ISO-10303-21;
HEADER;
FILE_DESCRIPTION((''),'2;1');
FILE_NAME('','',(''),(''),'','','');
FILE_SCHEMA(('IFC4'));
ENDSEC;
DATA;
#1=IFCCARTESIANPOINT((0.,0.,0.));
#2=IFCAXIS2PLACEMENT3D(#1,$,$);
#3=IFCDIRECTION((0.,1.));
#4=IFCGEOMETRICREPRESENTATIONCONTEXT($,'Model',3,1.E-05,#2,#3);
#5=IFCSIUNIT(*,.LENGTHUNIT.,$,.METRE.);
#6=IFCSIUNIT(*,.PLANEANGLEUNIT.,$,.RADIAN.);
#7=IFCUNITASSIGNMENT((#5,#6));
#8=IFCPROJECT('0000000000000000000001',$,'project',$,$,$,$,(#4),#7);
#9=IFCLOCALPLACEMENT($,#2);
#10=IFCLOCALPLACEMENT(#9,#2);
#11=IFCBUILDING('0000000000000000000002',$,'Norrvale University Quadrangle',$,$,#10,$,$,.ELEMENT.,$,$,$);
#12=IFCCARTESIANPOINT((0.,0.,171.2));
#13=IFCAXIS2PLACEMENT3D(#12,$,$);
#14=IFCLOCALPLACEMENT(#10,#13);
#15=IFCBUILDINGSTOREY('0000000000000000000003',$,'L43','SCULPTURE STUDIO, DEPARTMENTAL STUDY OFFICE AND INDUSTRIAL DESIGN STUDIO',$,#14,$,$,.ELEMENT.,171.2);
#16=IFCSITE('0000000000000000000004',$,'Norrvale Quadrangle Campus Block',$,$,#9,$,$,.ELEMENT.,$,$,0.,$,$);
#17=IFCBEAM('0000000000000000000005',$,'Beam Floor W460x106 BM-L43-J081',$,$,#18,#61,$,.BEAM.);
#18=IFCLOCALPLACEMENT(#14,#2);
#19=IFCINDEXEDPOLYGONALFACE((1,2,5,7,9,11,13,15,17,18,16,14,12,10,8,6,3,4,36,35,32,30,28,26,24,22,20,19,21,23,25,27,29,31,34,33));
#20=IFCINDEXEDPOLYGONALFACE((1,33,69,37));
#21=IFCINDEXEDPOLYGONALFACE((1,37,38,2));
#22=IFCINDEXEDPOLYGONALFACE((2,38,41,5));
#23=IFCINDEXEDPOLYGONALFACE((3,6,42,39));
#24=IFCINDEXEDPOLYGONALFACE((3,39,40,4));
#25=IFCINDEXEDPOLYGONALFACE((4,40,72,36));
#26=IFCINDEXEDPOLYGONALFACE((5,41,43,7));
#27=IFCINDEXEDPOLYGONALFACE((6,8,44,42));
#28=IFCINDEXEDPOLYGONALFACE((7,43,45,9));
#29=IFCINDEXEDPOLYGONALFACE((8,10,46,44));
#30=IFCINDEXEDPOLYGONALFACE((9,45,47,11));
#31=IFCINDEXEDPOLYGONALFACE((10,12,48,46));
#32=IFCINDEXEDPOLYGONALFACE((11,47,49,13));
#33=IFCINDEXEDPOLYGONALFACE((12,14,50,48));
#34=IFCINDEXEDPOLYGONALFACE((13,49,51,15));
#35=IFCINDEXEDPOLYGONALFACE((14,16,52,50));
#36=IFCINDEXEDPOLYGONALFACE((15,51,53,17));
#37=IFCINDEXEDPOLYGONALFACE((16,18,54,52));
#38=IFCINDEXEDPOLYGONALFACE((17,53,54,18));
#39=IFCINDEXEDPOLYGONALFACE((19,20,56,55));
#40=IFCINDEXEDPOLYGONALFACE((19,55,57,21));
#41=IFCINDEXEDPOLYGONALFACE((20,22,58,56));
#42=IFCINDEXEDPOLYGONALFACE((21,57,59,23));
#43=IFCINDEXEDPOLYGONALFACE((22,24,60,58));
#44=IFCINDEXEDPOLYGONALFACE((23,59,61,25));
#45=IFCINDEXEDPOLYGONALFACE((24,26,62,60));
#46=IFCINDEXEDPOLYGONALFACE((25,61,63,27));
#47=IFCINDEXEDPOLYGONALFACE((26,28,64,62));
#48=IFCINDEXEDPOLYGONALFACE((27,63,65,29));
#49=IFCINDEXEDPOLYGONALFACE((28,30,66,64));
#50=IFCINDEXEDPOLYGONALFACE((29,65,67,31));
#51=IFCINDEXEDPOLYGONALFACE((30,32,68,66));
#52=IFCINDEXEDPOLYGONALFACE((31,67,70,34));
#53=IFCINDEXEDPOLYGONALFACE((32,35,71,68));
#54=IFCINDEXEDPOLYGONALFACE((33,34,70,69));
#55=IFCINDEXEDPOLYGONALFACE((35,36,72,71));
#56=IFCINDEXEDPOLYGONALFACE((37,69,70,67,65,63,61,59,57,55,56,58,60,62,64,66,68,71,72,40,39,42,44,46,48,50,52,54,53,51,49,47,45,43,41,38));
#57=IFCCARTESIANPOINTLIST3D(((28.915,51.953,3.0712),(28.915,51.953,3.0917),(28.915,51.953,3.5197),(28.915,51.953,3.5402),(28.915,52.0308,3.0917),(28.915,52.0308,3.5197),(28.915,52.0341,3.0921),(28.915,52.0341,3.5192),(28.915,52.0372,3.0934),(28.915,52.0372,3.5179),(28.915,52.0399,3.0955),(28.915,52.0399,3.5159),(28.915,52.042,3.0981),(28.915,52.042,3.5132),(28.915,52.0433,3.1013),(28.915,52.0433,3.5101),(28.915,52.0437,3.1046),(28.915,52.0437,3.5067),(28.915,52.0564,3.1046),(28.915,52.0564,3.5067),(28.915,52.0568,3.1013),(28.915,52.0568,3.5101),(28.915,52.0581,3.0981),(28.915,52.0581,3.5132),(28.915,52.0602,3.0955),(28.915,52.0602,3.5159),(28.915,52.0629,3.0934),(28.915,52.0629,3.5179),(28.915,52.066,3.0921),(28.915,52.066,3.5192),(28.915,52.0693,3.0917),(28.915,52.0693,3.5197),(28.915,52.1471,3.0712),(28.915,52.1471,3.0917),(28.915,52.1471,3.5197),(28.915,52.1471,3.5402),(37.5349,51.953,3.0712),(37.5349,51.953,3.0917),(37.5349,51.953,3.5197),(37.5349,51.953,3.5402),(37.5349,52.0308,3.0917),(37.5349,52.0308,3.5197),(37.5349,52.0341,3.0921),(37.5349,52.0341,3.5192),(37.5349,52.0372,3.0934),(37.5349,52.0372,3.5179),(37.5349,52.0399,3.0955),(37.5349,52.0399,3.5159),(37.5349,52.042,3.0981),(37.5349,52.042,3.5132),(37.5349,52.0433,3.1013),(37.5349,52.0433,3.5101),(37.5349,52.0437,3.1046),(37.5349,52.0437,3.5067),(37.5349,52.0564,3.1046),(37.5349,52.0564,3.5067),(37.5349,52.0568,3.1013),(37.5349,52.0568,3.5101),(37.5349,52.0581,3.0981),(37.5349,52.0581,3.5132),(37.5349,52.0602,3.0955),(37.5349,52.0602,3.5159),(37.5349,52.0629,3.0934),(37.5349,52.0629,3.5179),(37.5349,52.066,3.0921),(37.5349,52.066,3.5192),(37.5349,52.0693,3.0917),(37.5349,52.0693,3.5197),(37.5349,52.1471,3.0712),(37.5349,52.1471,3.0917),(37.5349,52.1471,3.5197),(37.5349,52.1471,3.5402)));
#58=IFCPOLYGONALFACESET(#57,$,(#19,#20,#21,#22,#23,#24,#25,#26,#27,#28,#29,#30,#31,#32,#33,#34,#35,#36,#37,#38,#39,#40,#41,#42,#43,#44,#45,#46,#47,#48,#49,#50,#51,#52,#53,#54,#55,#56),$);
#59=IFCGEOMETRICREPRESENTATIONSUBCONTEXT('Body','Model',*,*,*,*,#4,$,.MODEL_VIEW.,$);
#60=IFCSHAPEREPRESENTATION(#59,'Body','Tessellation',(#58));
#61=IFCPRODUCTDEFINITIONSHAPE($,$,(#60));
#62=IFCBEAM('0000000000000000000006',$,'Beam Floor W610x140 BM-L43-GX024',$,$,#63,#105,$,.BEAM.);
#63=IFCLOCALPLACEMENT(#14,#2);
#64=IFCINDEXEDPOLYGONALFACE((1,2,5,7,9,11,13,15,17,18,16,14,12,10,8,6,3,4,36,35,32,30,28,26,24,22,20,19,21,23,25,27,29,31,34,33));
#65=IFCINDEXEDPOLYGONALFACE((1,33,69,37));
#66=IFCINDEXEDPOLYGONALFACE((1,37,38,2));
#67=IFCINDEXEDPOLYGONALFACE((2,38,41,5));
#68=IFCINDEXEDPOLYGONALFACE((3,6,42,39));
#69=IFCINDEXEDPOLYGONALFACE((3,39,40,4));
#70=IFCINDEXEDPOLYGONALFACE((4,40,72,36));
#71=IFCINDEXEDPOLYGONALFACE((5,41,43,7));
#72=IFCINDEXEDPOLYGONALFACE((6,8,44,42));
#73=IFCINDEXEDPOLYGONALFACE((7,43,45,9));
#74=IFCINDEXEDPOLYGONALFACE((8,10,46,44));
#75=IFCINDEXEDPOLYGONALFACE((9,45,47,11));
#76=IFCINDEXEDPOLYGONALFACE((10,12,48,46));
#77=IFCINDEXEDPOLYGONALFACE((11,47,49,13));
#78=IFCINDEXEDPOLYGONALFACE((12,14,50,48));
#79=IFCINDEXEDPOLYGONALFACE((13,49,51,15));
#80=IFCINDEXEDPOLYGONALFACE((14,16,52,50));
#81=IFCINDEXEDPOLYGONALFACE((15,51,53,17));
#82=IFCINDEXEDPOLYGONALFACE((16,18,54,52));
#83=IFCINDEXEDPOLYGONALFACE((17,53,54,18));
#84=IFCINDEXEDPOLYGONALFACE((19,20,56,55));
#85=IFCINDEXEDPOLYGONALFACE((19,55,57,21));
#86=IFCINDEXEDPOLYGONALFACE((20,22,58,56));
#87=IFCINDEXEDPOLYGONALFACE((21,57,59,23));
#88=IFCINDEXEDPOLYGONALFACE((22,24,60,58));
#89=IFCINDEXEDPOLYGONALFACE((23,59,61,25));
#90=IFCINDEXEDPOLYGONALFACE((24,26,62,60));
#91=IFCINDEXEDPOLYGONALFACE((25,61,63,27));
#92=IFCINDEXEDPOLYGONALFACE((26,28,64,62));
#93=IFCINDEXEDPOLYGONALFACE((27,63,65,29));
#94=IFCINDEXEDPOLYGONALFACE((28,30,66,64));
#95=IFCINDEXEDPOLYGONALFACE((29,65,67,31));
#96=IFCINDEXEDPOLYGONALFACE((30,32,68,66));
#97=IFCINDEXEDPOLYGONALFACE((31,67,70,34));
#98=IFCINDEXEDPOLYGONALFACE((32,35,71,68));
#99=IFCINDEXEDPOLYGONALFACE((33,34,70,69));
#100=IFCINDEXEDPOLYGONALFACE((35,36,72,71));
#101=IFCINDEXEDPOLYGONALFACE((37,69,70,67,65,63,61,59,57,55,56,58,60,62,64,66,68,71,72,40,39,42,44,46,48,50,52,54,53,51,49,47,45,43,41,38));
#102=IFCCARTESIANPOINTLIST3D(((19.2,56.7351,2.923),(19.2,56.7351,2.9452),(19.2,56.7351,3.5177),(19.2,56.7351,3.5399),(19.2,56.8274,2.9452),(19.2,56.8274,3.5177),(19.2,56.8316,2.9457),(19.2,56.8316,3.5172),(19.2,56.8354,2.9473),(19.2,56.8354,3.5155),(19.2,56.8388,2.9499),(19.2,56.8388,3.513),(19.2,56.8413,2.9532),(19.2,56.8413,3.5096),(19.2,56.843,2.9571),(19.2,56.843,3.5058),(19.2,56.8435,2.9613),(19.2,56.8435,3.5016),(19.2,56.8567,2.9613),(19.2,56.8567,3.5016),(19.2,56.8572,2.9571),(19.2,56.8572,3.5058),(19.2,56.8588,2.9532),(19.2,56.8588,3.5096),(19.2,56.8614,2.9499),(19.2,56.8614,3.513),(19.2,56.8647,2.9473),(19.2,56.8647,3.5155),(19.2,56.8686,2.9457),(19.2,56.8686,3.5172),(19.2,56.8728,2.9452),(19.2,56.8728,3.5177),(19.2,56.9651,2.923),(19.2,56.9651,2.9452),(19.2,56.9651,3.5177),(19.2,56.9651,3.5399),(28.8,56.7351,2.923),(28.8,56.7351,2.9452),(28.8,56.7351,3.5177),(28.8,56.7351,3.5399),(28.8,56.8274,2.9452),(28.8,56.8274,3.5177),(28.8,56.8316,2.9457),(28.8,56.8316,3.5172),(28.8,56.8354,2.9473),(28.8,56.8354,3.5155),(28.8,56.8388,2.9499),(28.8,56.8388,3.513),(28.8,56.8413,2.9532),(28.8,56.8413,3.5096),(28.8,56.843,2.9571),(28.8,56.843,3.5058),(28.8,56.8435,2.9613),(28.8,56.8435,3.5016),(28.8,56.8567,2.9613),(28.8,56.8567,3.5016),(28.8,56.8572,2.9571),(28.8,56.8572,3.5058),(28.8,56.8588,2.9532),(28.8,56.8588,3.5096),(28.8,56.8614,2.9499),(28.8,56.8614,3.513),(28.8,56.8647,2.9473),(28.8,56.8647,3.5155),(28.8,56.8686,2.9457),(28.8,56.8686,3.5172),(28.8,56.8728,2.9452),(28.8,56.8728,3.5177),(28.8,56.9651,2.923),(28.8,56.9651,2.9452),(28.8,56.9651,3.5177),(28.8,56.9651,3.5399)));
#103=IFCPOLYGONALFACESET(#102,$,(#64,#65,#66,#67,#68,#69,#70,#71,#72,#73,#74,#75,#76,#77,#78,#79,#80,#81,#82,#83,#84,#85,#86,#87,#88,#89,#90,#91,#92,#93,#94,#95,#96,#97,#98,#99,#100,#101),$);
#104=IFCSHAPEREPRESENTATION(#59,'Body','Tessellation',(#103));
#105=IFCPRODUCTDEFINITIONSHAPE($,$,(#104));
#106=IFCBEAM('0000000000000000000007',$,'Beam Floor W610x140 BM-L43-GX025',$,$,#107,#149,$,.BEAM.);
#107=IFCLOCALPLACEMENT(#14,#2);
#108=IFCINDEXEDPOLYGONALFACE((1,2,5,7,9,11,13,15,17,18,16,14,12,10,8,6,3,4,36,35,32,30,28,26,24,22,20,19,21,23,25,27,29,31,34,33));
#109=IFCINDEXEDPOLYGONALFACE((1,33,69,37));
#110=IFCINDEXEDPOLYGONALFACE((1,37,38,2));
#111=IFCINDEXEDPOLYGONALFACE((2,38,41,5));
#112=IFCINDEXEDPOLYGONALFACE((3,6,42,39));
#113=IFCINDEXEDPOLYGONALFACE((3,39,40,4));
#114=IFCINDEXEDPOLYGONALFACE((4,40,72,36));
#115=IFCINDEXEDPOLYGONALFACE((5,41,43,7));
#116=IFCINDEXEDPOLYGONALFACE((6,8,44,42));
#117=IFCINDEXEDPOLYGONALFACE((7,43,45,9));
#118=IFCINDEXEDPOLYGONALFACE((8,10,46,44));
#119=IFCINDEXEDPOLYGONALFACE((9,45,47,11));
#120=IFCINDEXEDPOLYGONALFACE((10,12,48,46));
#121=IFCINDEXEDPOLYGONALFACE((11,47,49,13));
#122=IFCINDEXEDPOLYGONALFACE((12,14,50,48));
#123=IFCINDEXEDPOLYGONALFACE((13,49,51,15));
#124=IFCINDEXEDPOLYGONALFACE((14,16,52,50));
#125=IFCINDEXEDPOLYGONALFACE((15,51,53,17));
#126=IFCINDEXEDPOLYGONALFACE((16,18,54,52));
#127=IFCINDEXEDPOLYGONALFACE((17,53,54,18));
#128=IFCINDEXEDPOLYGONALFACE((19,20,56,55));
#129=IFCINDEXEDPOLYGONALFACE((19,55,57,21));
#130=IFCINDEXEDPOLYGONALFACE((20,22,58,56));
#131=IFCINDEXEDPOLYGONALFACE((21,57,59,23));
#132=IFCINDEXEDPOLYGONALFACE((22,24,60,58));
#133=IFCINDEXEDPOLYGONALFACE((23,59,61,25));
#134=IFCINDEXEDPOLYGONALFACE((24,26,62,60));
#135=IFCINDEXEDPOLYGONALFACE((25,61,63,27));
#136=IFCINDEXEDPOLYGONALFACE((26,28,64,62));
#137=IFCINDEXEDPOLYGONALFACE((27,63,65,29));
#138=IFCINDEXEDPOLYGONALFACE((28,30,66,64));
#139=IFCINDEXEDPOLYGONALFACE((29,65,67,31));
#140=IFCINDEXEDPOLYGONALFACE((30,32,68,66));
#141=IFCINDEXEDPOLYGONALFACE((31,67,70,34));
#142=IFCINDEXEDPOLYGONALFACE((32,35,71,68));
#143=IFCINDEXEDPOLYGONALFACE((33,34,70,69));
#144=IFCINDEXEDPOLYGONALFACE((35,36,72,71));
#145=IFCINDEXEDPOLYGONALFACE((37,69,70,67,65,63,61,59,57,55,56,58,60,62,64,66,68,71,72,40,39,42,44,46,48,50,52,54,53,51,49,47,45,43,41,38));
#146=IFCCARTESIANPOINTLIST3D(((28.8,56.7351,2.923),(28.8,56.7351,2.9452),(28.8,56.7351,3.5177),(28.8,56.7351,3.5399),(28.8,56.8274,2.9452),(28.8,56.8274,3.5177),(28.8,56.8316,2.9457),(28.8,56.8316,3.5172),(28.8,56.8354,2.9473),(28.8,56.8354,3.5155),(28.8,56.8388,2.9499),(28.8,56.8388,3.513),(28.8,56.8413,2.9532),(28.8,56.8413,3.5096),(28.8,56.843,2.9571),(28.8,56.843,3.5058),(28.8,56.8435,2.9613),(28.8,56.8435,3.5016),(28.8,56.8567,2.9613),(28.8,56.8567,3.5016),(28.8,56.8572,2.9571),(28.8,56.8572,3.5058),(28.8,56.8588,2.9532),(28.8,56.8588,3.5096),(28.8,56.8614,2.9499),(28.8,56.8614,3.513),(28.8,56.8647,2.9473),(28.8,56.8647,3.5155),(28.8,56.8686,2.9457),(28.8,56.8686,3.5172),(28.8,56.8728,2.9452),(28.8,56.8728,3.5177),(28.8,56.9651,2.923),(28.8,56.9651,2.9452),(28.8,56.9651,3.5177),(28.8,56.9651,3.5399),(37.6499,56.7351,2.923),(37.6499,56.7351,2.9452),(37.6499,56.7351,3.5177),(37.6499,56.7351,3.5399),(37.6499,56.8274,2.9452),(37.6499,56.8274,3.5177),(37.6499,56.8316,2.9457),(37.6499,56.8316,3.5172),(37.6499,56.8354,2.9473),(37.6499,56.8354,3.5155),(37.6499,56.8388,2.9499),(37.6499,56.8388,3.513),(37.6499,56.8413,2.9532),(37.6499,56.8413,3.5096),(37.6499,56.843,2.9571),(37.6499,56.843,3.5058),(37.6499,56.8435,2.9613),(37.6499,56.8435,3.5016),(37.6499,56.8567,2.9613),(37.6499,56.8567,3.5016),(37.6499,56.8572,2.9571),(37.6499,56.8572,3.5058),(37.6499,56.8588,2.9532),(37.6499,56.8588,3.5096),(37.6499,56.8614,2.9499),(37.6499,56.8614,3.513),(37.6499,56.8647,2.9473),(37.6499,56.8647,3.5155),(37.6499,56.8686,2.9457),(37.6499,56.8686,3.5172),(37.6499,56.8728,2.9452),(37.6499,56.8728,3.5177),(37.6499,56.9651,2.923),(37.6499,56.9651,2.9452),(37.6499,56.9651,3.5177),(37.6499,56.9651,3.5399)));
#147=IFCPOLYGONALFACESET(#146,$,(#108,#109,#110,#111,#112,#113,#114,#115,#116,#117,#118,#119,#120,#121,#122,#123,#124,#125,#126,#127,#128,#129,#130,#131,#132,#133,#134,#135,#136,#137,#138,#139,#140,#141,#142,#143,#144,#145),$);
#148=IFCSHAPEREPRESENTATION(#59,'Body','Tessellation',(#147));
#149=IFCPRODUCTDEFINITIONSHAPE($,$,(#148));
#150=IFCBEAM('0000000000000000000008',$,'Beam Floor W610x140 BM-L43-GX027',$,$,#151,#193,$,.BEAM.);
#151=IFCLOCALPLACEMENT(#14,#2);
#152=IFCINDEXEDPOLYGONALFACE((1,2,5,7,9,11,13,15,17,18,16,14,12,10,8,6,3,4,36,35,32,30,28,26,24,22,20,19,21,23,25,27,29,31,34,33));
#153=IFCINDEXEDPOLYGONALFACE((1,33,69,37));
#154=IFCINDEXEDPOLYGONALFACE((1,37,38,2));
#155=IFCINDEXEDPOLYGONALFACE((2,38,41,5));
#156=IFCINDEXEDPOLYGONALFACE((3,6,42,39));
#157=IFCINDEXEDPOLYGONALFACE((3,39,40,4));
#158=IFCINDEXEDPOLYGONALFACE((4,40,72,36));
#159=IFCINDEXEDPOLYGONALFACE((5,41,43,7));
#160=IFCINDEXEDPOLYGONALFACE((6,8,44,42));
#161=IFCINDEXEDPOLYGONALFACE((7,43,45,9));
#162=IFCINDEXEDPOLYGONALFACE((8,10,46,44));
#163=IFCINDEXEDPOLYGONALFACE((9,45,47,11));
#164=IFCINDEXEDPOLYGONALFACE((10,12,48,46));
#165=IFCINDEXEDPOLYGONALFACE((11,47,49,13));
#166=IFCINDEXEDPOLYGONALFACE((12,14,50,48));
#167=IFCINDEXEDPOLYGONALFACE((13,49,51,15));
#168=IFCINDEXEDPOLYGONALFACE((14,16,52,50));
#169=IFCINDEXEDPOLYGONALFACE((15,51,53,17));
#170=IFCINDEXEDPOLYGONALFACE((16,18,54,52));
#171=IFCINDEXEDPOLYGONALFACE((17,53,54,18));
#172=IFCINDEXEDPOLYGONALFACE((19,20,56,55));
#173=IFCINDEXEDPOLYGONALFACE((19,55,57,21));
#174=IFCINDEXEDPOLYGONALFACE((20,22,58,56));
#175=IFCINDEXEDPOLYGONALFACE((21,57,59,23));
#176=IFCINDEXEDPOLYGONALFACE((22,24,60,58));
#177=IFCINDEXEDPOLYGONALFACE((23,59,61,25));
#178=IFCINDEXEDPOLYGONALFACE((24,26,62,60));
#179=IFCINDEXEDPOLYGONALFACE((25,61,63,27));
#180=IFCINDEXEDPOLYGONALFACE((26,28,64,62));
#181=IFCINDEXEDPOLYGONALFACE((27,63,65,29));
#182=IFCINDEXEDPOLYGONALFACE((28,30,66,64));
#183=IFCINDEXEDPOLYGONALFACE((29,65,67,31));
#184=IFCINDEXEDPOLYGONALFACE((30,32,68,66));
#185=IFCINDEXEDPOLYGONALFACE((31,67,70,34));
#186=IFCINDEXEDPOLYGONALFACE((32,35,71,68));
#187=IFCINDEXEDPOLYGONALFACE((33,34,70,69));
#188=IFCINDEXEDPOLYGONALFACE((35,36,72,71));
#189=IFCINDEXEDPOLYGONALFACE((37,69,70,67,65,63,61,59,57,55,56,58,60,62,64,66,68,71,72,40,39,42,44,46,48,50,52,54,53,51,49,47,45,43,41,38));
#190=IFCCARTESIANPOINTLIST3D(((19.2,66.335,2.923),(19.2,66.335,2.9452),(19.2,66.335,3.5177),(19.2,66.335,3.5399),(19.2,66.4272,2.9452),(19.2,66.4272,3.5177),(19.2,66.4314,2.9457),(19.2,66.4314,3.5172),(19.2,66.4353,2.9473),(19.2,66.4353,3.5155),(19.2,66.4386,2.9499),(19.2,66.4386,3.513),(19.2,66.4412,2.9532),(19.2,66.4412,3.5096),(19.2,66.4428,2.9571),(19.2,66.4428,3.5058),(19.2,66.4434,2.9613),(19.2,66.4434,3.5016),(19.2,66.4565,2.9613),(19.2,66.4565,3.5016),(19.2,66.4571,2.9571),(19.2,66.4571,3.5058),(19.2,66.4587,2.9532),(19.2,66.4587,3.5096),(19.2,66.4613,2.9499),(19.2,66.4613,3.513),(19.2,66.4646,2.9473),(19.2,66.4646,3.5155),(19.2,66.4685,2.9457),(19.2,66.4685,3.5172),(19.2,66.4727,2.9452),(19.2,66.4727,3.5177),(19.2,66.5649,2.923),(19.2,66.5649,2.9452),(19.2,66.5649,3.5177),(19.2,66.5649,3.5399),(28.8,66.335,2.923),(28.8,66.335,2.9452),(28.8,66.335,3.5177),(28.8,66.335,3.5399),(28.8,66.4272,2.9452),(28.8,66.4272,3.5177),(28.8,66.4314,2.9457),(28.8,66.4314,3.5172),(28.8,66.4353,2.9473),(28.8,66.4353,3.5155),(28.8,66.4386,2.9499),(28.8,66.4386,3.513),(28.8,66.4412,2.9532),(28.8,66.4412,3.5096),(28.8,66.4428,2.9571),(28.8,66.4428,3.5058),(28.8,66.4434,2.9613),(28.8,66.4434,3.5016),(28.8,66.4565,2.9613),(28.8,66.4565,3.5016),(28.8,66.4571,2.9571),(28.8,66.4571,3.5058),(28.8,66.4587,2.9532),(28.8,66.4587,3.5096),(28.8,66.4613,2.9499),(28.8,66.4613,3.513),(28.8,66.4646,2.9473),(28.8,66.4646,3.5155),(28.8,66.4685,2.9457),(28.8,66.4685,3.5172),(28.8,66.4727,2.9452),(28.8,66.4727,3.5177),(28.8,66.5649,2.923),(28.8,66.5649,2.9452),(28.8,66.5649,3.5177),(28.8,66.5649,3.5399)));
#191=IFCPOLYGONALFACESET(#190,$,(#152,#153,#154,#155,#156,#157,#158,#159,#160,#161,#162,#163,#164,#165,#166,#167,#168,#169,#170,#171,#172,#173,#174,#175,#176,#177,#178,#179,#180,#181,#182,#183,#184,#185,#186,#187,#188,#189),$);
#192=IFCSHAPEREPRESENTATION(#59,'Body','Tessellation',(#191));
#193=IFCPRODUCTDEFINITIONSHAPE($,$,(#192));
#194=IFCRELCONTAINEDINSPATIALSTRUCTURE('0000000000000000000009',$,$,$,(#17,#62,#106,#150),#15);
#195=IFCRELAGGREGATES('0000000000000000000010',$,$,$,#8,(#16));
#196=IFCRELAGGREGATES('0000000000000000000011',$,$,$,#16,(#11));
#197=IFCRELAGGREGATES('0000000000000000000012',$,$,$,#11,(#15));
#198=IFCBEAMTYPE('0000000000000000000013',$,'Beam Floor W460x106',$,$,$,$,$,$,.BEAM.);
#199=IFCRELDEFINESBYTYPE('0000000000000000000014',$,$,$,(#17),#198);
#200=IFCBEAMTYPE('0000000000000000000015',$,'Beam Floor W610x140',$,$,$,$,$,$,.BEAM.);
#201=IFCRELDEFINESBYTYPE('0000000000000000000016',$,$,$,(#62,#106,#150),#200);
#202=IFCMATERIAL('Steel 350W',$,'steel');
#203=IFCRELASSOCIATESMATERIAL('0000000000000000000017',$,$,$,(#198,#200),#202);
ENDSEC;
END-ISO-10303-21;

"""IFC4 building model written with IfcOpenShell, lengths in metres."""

from ifc_helpers import new_model, si_unit, direction, frame, origin, origin_2d, place, context, subcontext, project, spatial, i_section, extrude, material, material_profile, profile_set, type_object, element, save


model = new_model("IFC4")

# Units and contexts
model_context = context("Model", 3, precision=1e-05, world=origin(), true_north=direction((0.0, 1.0)))
body_context = subcontext(model_context, "Body", "Model", "MODEL_VIEW")
ifc_project = project(units=[si_unit("LENGTHUNIT", "METRE"), si_unit("PLANEANGLEUNIT", "RADIAN")], contexts=[model_context])

# Site, building, storey
site_placement = place(None, origin())
site = spatial("IfcSite", under=ifc_project, at=site_placement, Name="Norrvale Quadrangle Campus Block", CompositionType="ELEMENT", RefElevation=0.0)
building_placement = place(site_placement, origin())
building = spatial("IfcBuilding", under=site, at=building_placement, Name="Norrvale University Quadrangle", CompositionType="ELEMENT")
storey_placement = place(building_placement, frame((0.0, 0.0, 171.2)))
storey = spatial("IfcBuildingStorey", under=building, at=storey_placement, Name="L43", Description="SCULPTURE STUDIO, DEPARTMENTAL STUDY OFFICE AND INDUSTRIAL DESIGN STUDIO", CompositionType="ELEMENT", Elevation=171.2)

# Beams
ifc_material_1 = material(Name="Steel 350W", Category="steel")
ifc_material_profile_1 = material_profile(ifc_material_1, i_section(OverallWidth=0.1941, OverallDepth=0.469, WebThickness=0.0127, FlangeThickness=0.0205, FilletRadius=0.0129, at=origin_2d()), Name="Steel 350W")
ifc_profile_set_1 = profile_set([ifc_material_profile_1], Name="Steel 350W")
beam_type_1 = type_object("IfcBeamType", Name="Beam Floor W460x106", PredefinedType="BEAM", material=ifc_profile_set_1)
beam_1_placement = place(storey_placement, frame((28.915, 52.05, 3.3057), z_axis=(1.0, 0.0, 0.0), x_axis=(0.0, 1.0, 0.0)))
element("IfcBeam", 1, at=beam_1_placement, inside=storey, type_object=beam_type_1, Name="Beam Floor W460x106 BM-L43-J081", PredefinedType="BEAM", context=body_context, shape_type="SweptSolid", body=[
    extrude(i_section(OverallWidth=0.1941, OverallDepth=0.469, WebThickness=0.0127, FlangeThickness=0.0205, FilletRadius=0.0129, at=origin_2d()), origin(), (0.0, 0.0, 1.0), 8.6199),
])
ifc_material_profile_2 = material_profile(ifc_material_1, i_section(OverallWidth=0.23, OverallDepth=0.6169, WebThickness=0.0132, FlangeThickness=0.0222, FilletRadius=0.0161, at=origin_2d()), Name="Steel 350W")
ifc_profile_set_2 = profile_set([ifc_material_profile_2], Name="Steel 350W")
beam_type_2 = type_object("IfcBeamType", Name="Beam Floor W610x140", PredefinedType="BEAM", material=ifc_profile_set_2)
beam_2_placement = place(storey_placement, frame((19.2, 56.8501, 3.2314), z_axis=(1.0, 0.0, 0.0), x_axis=(0.0, 1.0, 0.0)))
element("IfcBeam", 2, at=beam_2_placement, inside=storey, type_object=beam_type_2, Name="Beam Floor W610x140 BM-L43-GX024", PredefinedType="BEAM", context=body_context, shape_type="SweptSolid", body=[
    extrude(i_section(OverallWidth=0.23, OverallDepth=0.6169, WebThickness=0.0132, FlangeThickness=0.0222, FilletRadius=0.0161, at=origin_2d()), origin(), (0.0, 0.0, 1.0), 9.6001),
])
beam_3_placement = place(storey_placement, frame((28.8, 56.8501, 3.2314), z_axis=(1.0, 0.0, 0.0), x_axis=(0.0, 1.0, 0.0)))
element("IfcBeam", 3, at=beam_3_placement, inside=storey, type_object=beam_type_2, Name="Beam Floor W610x140 BM-L43-GX025", PredefinedType="BEAM", context=body_context, shape_type="SweptSolid", body=[
    extrude(i_section(OverallWidth=0.23, OverallDepth=0.6169, WebThickness=0.0132, FlangeThickness=0.0222, FilletRadius=0.0161, at=origin_2d()), origin(), (0.0, 0.0, 1.0), 8.8499),
])
beam_4_placement = place(storey_placement, frame((19.2, 66.45, 3.2314), z_axis=(1.0, 0.0, 0.0), x_axis=(0.0, 1.0, 0.0)))
element("IfcBeam", 4, at=beam_4_placement, inside=storey, type_object=beam_type_2, Name="Beam Floor W610x140 BM-L43-GX027", PredefinedType="BEAM", context=body_context, shape_type="SweptSolid", body=[
    extrude(i_section(OverallWidth=0.23, OverallDepth=0.6169, WebThickness=0.0132, FlangeThickness=0.0222, FilletRadius=0.0161, at=origin_2d()), origin(), (0.0, 0.0, 1.0), 9.6001),
])

save(model, "model.ifc")
